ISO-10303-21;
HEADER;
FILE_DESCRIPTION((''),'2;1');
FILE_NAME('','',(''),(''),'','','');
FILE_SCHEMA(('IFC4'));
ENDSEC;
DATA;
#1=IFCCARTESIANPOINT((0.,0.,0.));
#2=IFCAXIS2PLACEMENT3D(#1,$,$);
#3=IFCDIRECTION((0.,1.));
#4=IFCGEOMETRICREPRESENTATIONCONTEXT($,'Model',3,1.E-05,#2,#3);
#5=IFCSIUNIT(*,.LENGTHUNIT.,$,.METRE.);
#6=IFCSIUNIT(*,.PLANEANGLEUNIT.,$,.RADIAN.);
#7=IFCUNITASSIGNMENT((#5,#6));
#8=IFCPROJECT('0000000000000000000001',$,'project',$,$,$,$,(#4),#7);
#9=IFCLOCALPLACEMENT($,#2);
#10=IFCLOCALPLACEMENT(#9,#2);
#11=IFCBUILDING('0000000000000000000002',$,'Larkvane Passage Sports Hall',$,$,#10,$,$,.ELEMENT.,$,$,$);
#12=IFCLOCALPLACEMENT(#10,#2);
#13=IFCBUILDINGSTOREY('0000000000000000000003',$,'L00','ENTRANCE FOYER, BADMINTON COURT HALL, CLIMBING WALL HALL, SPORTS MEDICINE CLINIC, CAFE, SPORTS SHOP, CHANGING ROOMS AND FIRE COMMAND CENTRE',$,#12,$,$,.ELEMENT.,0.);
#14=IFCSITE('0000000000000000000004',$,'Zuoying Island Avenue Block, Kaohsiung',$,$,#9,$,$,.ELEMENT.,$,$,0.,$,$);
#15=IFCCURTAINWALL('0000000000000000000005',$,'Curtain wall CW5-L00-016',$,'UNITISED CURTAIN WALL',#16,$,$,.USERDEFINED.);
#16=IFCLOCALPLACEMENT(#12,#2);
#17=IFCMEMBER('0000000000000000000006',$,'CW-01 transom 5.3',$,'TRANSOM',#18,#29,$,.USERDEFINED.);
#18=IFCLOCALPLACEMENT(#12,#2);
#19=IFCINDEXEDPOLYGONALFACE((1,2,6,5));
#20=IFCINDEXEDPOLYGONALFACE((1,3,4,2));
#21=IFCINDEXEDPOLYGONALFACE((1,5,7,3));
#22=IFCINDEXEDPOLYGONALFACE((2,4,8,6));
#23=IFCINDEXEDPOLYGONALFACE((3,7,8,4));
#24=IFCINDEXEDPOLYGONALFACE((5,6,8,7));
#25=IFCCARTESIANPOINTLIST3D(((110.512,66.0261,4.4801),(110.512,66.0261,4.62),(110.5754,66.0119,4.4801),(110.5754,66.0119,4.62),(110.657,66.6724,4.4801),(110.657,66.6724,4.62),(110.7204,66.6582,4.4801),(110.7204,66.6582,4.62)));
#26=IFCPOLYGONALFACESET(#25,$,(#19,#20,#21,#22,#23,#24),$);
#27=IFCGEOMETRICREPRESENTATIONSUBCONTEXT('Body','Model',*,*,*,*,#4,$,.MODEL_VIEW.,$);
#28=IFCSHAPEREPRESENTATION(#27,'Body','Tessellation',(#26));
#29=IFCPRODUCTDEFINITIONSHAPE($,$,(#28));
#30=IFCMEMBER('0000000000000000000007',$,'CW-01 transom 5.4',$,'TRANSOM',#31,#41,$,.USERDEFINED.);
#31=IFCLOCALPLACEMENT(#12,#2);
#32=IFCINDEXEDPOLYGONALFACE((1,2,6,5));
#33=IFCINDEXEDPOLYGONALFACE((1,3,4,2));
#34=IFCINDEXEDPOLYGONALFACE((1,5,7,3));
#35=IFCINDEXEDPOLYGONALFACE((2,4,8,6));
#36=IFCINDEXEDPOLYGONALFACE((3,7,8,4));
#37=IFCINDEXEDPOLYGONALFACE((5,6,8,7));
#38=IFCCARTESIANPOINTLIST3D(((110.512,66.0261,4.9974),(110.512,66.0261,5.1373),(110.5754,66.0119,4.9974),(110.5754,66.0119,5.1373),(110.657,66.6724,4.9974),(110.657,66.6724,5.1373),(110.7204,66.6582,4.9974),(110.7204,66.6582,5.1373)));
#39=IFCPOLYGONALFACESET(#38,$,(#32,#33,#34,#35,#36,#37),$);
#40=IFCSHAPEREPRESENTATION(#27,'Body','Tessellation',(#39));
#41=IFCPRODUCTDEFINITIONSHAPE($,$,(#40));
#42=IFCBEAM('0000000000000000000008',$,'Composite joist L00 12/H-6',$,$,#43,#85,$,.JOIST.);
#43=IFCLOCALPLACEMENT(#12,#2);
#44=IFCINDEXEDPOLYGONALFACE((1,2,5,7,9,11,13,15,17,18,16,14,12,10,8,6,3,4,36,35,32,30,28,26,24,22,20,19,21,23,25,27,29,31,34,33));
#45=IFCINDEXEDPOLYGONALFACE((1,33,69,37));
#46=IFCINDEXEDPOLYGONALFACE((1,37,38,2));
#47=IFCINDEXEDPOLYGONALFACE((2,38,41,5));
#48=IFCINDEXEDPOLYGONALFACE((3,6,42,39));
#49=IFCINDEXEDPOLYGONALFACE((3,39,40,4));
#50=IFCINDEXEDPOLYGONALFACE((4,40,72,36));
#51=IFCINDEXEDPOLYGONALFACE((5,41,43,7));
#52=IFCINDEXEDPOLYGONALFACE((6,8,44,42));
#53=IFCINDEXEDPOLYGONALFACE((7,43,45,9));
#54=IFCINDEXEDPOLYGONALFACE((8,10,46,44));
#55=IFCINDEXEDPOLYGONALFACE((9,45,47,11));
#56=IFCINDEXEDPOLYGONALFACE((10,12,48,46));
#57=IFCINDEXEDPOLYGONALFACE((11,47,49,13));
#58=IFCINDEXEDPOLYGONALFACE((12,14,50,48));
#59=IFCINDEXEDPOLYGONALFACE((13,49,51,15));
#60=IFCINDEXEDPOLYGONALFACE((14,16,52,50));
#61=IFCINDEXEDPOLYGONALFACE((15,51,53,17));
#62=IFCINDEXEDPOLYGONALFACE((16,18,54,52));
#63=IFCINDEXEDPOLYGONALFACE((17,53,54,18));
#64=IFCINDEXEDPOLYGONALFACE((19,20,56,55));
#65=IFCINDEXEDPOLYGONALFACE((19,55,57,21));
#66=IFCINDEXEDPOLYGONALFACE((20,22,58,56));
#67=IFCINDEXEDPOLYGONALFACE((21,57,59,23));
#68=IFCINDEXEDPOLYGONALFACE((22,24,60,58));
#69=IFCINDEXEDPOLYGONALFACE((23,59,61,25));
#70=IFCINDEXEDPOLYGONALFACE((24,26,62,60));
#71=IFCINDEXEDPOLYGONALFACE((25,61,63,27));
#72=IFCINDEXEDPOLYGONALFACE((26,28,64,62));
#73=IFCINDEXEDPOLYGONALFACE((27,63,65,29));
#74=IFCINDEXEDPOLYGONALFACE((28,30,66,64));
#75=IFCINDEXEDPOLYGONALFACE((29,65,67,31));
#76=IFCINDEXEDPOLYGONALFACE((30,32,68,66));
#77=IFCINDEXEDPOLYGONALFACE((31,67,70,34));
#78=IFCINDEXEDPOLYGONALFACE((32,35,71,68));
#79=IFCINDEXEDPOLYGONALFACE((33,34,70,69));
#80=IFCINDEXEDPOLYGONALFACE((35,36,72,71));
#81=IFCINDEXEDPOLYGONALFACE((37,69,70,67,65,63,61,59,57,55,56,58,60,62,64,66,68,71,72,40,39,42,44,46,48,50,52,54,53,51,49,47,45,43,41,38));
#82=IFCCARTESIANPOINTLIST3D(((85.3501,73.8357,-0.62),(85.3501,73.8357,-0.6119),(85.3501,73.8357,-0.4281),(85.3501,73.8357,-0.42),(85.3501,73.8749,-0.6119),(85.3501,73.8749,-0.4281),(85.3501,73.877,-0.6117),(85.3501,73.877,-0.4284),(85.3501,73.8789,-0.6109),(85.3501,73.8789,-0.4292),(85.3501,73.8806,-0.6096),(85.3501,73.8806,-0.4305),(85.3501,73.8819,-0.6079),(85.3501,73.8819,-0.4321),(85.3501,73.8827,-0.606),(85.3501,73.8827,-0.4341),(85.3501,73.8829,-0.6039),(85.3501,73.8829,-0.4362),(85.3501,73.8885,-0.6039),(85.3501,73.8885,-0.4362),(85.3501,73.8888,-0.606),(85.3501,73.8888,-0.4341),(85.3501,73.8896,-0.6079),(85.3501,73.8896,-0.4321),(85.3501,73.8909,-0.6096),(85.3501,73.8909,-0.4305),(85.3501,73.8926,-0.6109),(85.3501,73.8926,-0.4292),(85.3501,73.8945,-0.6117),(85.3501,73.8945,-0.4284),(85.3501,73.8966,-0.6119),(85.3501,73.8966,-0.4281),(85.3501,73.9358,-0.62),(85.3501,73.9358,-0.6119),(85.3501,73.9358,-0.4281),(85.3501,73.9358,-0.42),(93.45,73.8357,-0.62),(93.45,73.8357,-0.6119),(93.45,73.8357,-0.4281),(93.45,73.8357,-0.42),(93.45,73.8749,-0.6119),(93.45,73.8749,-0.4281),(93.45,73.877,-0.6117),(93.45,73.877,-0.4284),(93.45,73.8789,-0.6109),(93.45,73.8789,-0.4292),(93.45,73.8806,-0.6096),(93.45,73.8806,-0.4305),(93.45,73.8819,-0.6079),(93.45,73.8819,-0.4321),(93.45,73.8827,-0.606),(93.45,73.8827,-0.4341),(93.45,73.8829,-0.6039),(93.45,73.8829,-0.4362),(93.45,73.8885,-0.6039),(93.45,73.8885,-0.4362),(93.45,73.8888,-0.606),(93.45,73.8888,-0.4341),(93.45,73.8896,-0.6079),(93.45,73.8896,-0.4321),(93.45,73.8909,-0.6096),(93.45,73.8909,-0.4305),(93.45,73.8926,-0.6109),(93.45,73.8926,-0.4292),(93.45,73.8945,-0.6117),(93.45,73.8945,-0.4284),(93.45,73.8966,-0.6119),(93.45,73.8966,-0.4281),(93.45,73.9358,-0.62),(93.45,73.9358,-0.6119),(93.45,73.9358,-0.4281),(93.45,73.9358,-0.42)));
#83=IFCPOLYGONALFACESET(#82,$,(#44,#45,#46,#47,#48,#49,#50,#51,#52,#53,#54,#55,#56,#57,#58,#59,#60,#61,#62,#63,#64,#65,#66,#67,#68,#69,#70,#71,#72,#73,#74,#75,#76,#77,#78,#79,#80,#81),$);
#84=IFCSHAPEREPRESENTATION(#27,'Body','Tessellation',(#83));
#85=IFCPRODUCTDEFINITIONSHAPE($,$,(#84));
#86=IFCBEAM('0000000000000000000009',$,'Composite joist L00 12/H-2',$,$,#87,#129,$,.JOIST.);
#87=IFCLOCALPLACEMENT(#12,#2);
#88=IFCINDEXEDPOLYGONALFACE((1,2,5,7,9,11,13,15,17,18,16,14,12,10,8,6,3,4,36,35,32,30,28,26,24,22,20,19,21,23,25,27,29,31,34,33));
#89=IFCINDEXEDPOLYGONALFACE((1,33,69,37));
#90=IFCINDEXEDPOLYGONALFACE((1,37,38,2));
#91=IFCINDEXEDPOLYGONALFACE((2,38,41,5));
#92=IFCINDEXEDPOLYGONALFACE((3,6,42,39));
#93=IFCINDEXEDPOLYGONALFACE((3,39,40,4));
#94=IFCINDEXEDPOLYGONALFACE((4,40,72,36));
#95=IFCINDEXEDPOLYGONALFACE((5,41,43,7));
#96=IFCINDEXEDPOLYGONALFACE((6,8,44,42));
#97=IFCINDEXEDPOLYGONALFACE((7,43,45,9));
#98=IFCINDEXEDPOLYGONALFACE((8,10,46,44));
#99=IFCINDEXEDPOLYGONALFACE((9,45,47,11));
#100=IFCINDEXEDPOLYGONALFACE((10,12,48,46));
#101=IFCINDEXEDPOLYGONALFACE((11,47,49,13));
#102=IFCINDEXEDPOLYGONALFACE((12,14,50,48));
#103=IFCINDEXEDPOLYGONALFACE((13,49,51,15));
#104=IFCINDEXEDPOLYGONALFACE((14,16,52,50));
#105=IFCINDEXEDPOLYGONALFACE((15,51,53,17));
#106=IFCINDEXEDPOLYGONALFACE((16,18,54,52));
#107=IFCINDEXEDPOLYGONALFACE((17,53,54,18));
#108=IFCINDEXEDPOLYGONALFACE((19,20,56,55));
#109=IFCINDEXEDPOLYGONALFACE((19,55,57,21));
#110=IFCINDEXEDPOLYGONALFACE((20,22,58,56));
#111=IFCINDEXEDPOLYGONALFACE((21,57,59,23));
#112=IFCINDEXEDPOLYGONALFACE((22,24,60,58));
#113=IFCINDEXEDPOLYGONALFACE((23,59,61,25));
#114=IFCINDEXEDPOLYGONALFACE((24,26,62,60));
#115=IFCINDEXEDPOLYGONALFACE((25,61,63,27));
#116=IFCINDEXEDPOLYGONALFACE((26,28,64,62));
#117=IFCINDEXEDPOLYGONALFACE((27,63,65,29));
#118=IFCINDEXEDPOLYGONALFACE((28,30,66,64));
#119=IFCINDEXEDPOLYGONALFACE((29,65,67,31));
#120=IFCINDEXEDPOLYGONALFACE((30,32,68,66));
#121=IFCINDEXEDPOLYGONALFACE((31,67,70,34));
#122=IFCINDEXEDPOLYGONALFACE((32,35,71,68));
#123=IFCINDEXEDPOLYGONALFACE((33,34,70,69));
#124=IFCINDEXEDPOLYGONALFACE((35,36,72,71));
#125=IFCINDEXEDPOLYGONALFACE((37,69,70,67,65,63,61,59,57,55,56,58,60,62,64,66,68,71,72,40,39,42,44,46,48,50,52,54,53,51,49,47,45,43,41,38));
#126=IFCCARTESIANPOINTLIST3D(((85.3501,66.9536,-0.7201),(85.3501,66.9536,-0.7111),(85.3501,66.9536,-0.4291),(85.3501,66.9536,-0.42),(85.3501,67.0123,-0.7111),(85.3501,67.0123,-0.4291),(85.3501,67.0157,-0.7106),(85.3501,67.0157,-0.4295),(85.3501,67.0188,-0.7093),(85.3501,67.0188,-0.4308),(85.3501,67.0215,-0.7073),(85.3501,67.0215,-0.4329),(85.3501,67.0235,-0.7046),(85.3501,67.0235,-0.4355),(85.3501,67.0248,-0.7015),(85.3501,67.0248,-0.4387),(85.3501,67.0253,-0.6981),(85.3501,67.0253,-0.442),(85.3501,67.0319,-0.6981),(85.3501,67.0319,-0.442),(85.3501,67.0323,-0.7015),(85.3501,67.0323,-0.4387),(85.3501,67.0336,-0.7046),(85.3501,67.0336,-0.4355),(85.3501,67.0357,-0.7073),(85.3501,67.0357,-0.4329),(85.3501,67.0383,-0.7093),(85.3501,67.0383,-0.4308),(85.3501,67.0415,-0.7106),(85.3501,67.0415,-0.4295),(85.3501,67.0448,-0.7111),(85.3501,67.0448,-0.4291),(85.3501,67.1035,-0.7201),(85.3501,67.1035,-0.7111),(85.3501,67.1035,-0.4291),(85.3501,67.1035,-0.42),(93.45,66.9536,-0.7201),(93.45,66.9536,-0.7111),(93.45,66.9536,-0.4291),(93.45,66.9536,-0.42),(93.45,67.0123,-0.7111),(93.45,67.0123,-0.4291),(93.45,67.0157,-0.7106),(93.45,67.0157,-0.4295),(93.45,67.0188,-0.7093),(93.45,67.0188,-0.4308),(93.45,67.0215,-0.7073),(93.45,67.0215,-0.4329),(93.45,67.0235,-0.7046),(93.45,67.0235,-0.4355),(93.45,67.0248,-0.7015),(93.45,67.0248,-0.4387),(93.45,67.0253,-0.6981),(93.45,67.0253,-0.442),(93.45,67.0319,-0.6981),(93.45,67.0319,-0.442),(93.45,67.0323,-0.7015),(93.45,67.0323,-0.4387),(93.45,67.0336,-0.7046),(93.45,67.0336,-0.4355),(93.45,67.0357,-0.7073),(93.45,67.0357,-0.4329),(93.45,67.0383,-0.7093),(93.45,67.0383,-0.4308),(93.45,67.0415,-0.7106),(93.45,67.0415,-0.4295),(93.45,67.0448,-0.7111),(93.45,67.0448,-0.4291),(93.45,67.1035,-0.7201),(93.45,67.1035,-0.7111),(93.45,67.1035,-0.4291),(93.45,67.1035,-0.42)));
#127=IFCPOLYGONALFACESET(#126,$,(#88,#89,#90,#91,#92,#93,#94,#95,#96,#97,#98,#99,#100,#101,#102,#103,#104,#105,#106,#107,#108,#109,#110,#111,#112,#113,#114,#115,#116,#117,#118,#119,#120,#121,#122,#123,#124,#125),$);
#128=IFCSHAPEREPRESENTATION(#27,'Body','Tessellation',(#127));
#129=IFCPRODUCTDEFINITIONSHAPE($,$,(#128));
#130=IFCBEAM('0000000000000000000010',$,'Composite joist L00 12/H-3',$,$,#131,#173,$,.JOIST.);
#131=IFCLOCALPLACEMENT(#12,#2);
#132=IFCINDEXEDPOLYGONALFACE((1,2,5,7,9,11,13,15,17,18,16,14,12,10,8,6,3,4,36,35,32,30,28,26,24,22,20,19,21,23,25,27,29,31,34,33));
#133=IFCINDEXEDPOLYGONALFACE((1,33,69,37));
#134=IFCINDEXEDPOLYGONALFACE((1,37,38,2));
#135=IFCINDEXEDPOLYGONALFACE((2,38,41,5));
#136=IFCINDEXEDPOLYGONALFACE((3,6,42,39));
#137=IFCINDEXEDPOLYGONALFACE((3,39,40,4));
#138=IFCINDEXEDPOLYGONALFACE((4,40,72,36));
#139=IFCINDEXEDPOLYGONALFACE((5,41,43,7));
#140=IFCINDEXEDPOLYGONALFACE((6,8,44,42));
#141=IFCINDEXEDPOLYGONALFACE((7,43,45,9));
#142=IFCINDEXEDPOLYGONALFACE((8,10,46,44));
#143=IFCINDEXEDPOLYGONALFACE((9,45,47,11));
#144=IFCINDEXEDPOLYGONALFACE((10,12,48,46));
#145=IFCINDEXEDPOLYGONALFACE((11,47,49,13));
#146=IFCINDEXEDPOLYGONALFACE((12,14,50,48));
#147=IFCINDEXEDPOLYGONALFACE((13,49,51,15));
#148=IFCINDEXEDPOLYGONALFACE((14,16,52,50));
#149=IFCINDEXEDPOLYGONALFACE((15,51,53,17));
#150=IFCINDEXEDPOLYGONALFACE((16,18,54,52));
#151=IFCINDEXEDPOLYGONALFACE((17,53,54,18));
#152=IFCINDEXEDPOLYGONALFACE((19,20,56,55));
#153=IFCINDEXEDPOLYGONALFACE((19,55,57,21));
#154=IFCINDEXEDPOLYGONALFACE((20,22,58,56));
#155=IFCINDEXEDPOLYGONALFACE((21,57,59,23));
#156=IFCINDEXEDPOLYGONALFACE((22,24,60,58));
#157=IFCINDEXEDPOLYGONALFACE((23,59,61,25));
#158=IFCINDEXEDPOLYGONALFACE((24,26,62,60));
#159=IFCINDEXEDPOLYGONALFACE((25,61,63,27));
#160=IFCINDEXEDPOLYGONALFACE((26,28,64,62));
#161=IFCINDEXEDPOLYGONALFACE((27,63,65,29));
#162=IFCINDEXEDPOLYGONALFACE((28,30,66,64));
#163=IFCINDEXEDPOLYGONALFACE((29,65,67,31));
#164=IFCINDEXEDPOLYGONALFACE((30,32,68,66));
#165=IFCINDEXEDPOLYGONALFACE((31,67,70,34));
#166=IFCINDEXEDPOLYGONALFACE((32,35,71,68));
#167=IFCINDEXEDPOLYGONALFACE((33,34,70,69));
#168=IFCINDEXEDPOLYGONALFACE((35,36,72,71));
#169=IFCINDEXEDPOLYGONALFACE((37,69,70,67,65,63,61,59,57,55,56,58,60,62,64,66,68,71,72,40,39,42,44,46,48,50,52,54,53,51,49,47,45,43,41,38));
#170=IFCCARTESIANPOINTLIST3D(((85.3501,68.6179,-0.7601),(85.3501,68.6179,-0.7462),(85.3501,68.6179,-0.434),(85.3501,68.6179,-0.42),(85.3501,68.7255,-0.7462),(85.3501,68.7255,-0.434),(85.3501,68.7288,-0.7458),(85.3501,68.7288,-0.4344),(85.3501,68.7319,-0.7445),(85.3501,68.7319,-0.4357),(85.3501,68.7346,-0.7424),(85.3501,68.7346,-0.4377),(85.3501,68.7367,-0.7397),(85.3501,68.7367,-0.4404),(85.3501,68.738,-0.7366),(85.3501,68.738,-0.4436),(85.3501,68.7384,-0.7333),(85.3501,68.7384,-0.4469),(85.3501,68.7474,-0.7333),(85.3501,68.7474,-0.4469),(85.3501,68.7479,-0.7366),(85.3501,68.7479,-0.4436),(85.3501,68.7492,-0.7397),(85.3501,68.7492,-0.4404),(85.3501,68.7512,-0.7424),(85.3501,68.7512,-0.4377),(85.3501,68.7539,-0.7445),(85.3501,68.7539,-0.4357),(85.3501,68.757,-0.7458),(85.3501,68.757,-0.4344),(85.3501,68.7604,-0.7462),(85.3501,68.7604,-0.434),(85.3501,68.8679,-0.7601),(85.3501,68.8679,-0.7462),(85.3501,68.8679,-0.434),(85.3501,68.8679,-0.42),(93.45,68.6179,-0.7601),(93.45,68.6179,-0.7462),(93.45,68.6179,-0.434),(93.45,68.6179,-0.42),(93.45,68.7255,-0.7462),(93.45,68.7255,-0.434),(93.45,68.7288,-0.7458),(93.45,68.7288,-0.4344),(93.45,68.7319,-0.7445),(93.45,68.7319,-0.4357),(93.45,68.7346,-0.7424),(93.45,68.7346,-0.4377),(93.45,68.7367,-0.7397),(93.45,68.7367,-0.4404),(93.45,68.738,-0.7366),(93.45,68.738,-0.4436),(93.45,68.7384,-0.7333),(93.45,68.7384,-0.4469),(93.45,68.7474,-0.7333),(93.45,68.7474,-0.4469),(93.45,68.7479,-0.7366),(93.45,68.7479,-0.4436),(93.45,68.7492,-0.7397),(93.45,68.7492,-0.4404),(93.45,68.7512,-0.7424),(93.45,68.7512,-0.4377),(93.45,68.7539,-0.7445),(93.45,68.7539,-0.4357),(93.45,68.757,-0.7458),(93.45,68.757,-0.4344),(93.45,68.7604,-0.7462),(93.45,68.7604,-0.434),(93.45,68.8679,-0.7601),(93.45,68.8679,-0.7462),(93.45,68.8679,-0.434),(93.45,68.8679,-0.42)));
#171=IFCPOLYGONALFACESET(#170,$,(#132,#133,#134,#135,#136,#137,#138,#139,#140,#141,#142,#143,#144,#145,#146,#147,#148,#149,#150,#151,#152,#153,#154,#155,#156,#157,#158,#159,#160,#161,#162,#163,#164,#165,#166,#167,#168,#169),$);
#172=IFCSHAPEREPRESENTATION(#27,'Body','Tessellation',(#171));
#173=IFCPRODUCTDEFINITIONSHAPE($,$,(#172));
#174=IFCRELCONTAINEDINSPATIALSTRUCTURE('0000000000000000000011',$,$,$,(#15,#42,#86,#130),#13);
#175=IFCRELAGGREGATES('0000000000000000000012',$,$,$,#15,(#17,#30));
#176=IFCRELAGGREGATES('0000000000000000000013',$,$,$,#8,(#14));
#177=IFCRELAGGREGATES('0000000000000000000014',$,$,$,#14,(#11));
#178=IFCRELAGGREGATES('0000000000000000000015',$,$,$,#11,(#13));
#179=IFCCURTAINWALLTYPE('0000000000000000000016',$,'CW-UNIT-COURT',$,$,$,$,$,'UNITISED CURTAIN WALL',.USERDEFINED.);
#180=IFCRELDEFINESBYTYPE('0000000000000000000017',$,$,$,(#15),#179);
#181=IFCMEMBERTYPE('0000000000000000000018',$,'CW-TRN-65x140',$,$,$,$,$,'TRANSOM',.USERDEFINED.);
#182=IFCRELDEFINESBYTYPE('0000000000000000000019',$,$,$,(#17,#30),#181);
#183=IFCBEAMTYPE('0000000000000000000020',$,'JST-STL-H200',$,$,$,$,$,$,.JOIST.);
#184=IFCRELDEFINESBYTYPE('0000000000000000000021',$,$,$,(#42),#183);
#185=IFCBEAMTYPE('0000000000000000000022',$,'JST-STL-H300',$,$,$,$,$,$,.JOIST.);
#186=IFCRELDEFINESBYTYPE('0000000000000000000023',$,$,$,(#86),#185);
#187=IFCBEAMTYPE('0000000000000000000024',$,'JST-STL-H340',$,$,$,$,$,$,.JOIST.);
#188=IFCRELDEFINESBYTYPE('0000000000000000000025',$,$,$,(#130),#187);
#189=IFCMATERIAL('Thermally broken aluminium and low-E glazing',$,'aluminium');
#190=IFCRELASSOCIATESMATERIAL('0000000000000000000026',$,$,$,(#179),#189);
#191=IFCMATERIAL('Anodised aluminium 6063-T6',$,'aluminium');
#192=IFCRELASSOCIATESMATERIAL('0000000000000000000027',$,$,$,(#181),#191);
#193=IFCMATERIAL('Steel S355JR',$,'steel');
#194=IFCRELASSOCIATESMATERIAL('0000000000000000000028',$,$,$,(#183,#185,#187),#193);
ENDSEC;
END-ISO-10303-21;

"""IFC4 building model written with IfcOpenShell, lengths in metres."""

from ifc_helpers import new_model, si_unit, direction, frame, origin, origin_2d, place, context, subcontext, project, spatial, rectangle, i_section, extrude, material, material_profile, profile_set, type_object, element, aggregate, save


model = new_model("IFC4")

# Units and contexts
model_context = context("Model", 3, precision=1e-05, world=origin(), true_north=direction((0.0, 1.0)))
body_context = subcontext(model_context, "Body", "Model", "MODEL_VIEW")
ifc_project = project(units=[si_unit("LENGTHUNIT", "METRE"), si_unit("PLANEANGLEUNIT", "RADIAN")], contexts=[model_context])

# Site, building, storey
site_placement = place(None, origin())
site = spatial("IfcSite", under=ifc_project, at=site_placement, Name="Zuoying Island Avenue Block, Kaohsiung", CompositionType="ELEMENT", RefElevation=0.0)
building_placement = place(site_placement, origin())
building = spatial("IfcBuilding", under=site, at=building_placement, Name="Larkvane Passage Sports Hall", CompositionType="ELEMENT")
storey_placement = place(building_placement, origin())
storey = spatial("IfcBuildingStorey", under=building, at=storey_placement, Name="L00", Description="ENTRANCE FOYER, BADMINTON COURT HALL, CLIMBING WALL HALL, SPORTS MEDICINE CLINIC, CAFE, SPORTS SHOP, CHANGING ROOMS AND FIRE COMMAND CENTRE", CompositionType="ELEMENT", Elevation=0.0)

# Shared definitions
ifc_material_1 = material(Name="Steel S355JR", Category="steel")

# Curtain wall, members
ifc_material_2 = material(Name="Thermally broken aluminium and low-E glazing", Category="aluminium")
curtain_wall_type = type_object("IfcCurtainWallType", Name="CW-UNIT-COURT", ElementType="UNITISED CURTAIN WALL", PredefinedType="USERDEFINED", material=ifc_material_2)
curtain_wall_placement = place(storey_placement, origin())
curtain_wall = element("IfcCurtainWall", 1, at=curtain_wall_placement, inside=storey, type_object=curtain_wall_type, Name="Curtain wall CW5-L00-016", ObjectType="UNITISED CURTAIN WALL", PredefinedType="USERDEFINED")
ifc_material_3 = material(Name="Anodised aluminium 6063-T6", Category="aluminium")
ifc_material_profile_1 = material_profile(ifc_material_3, rectangle(XDim=0.0649, YDim=0.1399, at=origin_2d()), Name="ALU-TRN-65x140")
ifc_profile_set_1 = profile_set([ifc_material_profile_1], Name="Anodised aluminium 6063-T6")
member_type = type_object("IfcMemberType", Name="CW-TRN-65x140", ElementType="TRANSOM", PredefinedType="USERDEFINED", material=ifc_profile_set_1)
member_1_placement = place(storey_placement, frame((110.6887, 66.6653, 4.55), z_axis=(-0.21896, -0.975734, 0.0), x_axis=(0.975734, -0.21896, 0.0)))
member_1 = element("IfcMember", 2, at=member_1_placement, type_object=member_type, Name="CW-01 transom 5.3", ObjectType="TRANSOM", PredefinedType="USERDEFINED", context=body_context, shape_type="SweptSolid", body=[
    extrude(rectangle(XDim=0.0649, YDim=0.1399, at=origin_2d()), origin(), (0.0, 0.0, 1.0), 0.6624),
])
member_2_placement = place(storey_placement, frame((110.6887, 66.6653, 5.0674), z_axis=(-0.21896, -0.975734, 0.0), x_axis=(0.975734, -0.21896, 0.0)))
member_2 = element("IfcMember", 3, at=member_2_placement, type_object=member_type, Name="CW-01 transom 5.4", ObjectType="TRANSOM", PredefinedType="USERDEFINED", context=body_context, shape_type="SweptSolid", body=[
    extrude(rectangle(XDim=0.0649, YDim=0.1399, at=origin_2d()), origin(), (0.0, 0.0, 1.0), 0.6624),
])

# Beams
ifc_material_profile_2 = material_profile(ifc_material_1, i_section(OverallWidth=0.1001, OverallDepth=0.2, WebThickness=0.0056, FlangeThickness=0.0081, FilletRadius=0.0081, at=origin_2d()), Name="H-200x100x5.5x8")
ifc_profile_set_2 = profile_set([ifc_material_profile_2], Name="Steel S355JR")
beam_type_1 = type_object("IfcBeamType", Name="JST-STL-H200", PredefinedType="JOIST", material=ifc_profile_set_2)
beam_1_placement = place(storey_placement, frame((85.3501, 73.8857, -0.52), z_axis=(1.0, 0.0, 0.0), x_axis=(0.0, 1.0, 0.0)))
element("IfcBeam", 4, at=beam_1_placement, inside=storey, type_object=beam_type_1, Name="Composite joist L00 12/H-6", PredefinedType="JOIST", context=body_context, shape_type="SweptSolid", body=[
    extrude(i_section(OverallWidth=0.1001, OverallDepth=0.2, WebThickness=0.0056, FlangeThickness=0.0081, FilletRadius=0.0081, at=origin_2d()), origin(), (0.0, 0.0, 1.0), 8.0999),
])
ifc_material_profile_3 = material_profile(ifc_material_1, i_section(OverallWidth=0.1499, OverallDepth=0.3, WebThickness=0.0066, FlangeThickness=0.009, FilletRadius=0.0129, at=origin_2d()), Name="H-300x150x6.5x9")
ifc_profile_set_3 = profile_set([ifc_material_profile_3], Name="Steel S355JR")
beam_type_2 = type_object("IfcBeamType", Name="JST-STL-H300", PredefinedType="JOIST", material=ifc_profile_set_3)
beam_2_placement = place(storey_placement, frame((85.3501, 67.0286, -0.5701), z_axis=(1.0, 0.0, 0.0), x_axis=(0.0, 1.0, 0.0)))
element("IfcBeam", 5, at=beam_2_placement, inside=storey, type_object=beam_type_2, Name="Composite joist L00 12/H-2", PredefinedType="JOIST", context=body_context, shape_type="SweptSolid", body=[
    extrude(i_section(OverallWidth=0.1499, OverallDepth=0.3, WebThickness=0.0066, FlangeThickness=0.009, FilletRadius=0.0129, at=origin_2d()), origin(), (0.0, 0.0, 1.0), 8.0999),
])
ifc_material_profile_4 = material_profile(ifc_material_1, i_section(OverallWidth=0.25, OverallDepth=0.3401, WebThickness=0.009, FlangeThickness=0.0139, FilletRadius=0.0129, at=origin_2d()), Name="H-340x250x9x14")
ifc_profile_set_4 = profile_set([ifc_material_profile_4], Name="Steel S355JR")
beam_type_3 = type_object("IfcBeamType", Name="JST-STL-H340", PredefinedType="JOIST", material=ifc_profile_set_4)
beam_3_placement = place(storey_placement, frame((85.3501, 68.7429, -0.5901), z_axis=(1.0, 0.0, 0.0), x_axis=(0.0, 1.0, 0.0)))
element("IfcBeam", 6, at=beam_3_placement, inside=storey, type_object=beam_type_3, Name="Composite joist L00 12/H-3", PredefinedType="JOIST", context=body_context, shape_type="SweptSolid", body=[
    extrude(i_section(OverallWidth=0.25, OverallDepth=0.3401, WebThickness=0.009, FlangeThickness=0.0139, FilletRadius=0.0129, at=origin_2d()), origin(), (0.0, 0.0, 1.0), 8.0999),
])

aggregate(curtain_wall, [member_1, member_2])

save(model, "model.ifc")
